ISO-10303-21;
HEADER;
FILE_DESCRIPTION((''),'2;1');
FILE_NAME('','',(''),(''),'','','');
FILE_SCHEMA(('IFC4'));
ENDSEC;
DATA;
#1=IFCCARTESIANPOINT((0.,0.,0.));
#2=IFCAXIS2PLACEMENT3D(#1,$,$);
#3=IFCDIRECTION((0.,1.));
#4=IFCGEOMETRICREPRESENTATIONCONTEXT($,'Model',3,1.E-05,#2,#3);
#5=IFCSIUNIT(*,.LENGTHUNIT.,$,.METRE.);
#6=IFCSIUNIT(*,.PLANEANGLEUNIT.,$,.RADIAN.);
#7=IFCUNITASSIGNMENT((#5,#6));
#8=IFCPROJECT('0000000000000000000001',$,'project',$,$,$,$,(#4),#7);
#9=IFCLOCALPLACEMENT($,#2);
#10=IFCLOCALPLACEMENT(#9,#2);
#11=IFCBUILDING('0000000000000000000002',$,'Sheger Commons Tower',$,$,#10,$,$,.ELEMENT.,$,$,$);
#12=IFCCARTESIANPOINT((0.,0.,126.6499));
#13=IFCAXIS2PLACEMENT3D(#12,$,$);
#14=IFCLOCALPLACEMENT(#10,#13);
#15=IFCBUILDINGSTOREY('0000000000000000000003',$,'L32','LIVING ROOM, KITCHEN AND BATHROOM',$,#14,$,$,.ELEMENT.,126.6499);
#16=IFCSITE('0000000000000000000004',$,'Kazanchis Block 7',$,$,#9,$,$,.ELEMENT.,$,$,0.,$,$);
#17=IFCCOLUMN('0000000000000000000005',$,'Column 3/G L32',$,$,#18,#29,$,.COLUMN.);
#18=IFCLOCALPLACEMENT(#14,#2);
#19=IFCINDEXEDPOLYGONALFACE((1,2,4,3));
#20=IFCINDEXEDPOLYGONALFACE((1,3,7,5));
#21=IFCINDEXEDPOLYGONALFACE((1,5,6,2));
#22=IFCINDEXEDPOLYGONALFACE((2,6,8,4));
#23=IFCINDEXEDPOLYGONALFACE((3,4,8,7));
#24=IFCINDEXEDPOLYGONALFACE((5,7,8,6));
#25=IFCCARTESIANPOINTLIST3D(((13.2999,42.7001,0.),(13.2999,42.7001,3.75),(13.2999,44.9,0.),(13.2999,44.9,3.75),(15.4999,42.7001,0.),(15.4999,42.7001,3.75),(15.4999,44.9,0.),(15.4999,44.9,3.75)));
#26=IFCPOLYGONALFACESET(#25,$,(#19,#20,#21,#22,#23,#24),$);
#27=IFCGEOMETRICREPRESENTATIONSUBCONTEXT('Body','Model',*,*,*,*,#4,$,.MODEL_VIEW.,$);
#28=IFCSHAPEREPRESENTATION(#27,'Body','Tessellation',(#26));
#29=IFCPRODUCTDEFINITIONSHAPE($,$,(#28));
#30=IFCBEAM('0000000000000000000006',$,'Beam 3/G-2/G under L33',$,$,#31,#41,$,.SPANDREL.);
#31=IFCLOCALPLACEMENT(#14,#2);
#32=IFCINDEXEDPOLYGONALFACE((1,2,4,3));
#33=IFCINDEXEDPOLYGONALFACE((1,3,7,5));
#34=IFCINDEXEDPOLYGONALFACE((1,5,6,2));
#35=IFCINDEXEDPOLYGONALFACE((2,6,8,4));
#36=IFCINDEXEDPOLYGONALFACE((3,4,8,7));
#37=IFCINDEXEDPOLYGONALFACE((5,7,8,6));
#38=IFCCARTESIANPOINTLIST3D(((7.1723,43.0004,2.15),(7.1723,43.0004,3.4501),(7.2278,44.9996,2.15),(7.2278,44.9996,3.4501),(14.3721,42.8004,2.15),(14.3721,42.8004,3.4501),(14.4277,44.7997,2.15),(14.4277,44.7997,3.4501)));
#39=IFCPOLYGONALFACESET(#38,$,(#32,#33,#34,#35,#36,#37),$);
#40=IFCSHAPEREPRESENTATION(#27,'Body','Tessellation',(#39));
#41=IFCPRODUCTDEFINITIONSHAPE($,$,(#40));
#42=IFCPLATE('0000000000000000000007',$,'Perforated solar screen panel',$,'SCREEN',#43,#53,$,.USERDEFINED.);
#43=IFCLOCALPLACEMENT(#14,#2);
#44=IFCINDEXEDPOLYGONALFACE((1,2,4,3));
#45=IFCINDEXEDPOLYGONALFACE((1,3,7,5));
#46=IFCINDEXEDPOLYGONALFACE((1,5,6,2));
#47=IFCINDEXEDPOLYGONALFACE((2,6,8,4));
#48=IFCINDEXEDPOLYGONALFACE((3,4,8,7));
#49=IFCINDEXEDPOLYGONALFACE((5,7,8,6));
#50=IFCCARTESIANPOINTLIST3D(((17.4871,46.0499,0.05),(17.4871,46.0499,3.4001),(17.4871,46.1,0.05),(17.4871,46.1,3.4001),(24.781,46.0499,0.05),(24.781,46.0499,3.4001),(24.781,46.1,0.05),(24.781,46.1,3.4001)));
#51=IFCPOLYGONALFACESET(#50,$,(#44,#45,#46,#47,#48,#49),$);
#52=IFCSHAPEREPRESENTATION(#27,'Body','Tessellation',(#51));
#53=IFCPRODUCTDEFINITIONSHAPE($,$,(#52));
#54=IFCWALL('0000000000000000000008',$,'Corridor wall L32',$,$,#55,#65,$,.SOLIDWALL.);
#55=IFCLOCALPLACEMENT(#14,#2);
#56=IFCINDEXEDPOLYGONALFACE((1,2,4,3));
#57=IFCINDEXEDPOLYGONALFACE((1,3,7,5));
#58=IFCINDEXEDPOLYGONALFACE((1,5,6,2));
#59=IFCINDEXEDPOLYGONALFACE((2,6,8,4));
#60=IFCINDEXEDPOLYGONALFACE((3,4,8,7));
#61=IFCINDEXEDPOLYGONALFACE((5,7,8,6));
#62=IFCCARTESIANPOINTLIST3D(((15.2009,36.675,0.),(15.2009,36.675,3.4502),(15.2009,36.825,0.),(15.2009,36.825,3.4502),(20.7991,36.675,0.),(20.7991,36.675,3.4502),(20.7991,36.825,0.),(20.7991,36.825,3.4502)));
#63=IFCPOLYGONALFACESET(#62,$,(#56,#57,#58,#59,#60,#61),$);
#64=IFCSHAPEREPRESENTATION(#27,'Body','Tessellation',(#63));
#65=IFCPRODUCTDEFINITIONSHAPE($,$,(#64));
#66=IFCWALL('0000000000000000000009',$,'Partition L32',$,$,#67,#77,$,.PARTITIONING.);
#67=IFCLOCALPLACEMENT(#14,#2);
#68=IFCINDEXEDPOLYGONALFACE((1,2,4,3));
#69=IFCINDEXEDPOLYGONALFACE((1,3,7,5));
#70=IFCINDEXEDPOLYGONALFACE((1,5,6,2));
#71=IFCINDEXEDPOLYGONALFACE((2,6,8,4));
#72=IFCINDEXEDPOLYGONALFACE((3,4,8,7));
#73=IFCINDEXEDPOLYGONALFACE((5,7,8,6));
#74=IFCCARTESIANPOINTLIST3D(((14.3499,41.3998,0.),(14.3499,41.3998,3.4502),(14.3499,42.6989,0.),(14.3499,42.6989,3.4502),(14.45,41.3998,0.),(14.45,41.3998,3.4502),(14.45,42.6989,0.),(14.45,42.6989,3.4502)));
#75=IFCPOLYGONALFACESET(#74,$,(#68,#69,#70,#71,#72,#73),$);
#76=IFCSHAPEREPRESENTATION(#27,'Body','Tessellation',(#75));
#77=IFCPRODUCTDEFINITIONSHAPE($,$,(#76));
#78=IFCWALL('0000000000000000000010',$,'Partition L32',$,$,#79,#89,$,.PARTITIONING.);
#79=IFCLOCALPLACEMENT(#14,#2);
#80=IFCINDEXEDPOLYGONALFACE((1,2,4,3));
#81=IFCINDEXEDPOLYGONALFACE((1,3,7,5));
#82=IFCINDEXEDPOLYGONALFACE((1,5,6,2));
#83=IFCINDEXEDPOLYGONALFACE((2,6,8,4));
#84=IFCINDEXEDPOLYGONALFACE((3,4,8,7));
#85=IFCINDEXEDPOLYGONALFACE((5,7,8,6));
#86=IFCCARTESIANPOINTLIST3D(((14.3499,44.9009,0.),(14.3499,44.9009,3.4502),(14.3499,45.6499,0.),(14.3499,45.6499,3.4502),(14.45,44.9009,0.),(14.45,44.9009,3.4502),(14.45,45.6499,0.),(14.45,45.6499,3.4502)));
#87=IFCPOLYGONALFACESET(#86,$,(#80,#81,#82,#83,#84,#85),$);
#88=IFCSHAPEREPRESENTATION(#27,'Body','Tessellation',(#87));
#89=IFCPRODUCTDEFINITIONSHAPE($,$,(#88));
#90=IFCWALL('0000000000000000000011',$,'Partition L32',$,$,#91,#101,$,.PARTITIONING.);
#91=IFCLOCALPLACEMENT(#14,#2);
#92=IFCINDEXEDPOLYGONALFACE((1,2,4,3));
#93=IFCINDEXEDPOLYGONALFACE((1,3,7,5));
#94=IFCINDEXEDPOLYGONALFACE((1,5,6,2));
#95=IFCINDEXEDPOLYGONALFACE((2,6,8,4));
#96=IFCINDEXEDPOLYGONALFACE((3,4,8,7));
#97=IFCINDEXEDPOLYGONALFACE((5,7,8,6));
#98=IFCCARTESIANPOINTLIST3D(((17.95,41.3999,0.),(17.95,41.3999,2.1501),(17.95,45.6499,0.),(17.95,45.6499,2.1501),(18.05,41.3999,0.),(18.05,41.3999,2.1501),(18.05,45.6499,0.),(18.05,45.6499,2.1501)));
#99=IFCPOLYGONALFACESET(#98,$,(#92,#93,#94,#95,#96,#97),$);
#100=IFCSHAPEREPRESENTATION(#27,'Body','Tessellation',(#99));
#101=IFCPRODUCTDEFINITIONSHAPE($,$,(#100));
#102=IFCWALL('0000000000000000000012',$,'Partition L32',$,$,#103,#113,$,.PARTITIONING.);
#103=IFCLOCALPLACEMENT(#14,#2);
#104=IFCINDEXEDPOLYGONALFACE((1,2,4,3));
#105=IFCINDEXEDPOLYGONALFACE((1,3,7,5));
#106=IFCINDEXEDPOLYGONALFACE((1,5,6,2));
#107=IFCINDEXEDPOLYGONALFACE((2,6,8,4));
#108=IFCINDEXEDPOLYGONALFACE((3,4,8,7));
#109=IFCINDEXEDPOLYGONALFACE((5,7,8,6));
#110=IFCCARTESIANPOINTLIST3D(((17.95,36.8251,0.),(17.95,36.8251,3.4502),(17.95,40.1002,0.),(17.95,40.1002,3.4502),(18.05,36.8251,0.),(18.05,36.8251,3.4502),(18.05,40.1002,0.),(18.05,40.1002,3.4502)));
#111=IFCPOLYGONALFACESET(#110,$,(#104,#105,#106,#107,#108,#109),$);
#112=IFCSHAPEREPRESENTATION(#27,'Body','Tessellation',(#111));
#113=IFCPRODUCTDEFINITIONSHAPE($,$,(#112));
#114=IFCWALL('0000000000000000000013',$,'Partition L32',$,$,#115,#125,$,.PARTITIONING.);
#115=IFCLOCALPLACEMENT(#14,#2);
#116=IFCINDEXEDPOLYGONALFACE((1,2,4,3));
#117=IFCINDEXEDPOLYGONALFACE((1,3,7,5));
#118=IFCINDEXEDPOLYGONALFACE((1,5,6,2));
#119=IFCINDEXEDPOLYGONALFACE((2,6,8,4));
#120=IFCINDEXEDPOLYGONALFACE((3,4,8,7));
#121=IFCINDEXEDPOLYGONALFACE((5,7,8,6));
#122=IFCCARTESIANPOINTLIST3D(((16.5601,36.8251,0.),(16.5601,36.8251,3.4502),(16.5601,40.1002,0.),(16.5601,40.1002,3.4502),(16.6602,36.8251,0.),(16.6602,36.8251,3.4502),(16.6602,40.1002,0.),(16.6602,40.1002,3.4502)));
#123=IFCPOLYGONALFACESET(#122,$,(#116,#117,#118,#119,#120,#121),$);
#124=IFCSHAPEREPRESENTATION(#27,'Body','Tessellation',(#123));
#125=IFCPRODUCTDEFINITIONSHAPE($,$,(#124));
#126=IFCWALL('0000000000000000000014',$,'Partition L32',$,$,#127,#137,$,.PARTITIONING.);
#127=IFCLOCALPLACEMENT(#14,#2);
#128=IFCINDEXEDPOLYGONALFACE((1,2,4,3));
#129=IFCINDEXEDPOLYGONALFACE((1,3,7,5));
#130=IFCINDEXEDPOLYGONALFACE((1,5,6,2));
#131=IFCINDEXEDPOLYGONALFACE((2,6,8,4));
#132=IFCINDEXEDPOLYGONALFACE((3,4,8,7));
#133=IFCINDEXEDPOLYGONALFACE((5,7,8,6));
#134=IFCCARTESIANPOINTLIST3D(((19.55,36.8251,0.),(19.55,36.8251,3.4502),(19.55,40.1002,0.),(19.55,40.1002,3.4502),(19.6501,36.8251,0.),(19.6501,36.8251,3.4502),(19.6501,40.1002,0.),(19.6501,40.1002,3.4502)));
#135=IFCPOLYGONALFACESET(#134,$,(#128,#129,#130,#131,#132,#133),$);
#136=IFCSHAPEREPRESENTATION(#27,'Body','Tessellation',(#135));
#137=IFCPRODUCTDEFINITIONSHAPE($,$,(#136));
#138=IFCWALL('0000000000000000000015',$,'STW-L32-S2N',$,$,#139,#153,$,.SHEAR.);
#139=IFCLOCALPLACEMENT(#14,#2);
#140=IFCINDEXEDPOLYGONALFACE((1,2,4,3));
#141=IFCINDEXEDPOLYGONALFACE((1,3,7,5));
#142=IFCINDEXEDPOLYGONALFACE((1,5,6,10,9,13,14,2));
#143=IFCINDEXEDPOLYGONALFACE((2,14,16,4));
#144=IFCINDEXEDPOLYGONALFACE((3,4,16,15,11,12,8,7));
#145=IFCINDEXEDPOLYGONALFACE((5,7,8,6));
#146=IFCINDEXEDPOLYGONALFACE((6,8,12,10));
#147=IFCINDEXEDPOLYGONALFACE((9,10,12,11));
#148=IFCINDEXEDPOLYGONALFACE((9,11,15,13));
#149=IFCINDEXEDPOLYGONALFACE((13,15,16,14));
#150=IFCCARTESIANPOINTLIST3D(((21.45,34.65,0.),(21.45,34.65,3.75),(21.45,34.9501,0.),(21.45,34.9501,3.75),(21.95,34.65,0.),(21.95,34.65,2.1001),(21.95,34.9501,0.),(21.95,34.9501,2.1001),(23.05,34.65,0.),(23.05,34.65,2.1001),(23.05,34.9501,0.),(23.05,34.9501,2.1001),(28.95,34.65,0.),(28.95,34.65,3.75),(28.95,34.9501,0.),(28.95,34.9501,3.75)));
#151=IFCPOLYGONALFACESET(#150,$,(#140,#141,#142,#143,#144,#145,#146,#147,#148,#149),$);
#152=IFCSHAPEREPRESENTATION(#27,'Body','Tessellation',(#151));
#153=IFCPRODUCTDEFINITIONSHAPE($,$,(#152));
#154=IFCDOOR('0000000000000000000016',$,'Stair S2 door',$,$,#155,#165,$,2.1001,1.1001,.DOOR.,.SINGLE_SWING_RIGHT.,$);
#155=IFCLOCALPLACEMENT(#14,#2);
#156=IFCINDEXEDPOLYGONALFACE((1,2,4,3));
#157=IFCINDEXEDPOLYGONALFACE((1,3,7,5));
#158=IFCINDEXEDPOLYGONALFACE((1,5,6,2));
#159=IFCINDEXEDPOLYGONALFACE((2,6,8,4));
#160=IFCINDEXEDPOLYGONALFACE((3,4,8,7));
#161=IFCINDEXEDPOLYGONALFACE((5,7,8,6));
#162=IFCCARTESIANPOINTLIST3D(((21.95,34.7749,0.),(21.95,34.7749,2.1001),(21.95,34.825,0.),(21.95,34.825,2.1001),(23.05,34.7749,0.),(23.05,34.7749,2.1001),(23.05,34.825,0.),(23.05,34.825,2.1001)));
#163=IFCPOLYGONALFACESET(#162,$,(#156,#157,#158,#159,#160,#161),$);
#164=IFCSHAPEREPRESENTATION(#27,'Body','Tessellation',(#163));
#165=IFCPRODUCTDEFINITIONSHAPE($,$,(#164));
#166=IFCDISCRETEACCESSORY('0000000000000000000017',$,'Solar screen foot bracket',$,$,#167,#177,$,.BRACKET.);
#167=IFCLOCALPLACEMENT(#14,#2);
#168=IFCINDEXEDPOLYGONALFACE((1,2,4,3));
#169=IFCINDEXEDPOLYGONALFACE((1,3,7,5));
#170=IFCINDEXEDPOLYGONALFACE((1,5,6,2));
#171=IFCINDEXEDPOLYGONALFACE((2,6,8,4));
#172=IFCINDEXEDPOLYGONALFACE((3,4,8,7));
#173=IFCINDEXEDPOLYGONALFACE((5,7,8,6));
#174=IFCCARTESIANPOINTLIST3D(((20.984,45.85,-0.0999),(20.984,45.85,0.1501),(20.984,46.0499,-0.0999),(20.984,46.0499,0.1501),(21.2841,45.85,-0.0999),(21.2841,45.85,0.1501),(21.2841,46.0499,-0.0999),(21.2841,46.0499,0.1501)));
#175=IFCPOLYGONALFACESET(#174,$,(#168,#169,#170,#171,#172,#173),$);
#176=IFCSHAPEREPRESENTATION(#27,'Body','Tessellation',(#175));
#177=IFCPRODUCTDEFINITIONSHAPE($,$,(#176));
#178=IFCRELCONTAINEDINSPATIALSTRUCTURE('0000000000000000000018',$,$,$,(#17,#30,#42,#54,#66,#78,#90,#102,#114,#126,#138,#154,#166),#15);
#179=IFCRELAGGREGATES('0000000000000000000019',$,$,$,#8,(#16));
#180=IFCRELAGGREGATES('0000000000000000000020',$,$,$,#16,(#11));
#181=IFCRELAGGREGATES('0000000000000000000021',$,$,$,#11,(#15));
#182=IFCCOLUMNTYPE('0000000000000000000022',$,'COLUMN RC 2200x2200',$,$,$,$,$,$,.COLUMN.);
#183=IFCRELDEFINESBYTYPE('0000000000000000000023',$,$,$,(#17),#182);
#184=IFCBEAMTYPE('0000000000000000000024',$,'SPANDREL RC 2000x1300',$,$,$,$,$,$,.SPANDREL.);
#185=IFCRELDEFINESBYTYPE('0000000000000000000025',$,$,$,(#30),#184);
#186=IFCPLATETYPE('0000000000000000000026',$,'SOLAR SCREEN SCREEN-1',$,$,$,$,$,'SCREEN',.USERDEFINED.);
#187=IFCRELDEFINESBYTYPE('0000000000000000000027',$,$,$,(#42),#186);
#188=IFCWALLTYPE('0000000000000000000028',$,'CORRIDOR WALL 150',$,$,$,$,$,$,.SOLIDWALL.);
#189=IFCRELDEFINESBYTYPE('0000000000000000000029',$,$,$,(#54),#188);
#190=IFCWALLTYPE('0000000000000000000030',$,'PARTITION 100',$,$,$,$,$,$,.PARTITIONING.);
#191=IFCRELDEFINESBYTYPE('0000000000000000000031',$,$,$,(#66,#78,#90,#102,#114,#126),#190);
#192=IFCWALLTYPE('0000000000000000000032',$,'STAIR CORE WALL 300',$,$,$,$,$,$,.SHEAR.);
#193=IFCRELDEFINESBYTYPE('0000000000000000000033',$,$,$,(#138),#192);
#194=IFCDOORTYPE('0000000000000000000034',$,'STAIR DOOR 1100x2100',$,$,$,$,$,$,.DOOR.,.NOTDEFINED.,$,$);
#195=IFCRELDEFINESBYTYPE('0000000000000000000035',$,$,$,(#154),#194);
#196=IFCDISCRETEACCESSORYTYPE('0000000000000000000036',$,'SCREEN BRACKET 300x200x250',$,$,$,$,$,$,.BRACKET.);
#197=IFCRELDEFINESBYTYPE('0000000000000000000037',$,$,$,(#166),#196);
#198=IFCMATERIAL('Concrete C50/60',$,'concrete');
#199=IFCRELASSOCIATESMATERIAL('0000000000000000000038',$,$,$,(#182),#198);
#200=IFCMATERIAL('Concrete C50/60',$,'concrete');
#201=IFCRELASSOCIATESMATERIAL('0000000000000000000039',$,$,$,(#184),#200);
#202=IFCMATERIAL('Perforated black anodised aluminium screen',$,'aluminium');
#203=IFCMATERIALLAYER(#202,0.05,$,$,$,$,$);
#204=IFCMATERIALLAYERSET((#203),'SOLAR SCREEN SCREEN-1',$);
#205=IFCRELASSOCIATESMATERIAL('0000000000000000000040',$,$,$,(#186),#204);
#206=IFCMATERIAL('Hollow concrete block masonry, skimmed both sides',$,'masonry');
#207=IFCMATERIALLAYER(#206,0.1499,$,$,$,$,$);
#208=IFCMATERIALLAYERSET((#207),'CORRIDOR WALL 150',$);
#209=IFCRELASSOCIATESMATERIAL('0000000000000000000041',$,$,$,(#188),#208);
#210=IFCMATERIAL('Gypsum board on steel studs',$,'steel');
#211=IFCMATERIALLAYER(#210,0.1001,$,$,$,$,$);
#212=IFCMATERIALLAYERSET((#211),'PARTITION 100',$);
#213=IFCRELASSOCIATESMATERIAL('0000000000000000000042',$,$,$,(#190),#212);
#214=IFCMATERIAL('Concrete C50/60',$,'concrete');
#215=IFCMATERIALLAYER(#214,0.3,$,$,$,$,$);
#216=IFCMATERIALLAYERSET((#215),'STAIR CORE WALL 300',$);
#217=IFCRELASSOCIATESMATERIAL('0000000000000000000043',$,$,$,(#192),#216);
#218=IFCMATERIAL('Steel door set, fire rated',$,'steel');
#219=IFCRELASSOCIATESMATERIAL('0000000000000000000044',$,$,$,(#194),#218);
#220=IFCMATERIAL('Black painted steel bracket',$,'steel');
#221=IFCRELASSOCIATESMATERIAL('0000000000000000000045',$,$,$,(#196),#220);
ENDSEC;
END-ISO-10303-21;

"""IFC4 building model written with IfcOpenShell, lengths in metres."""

from ifc_helpers import new_model, si_unit, direction, frame, frame_2d, origin, origin_2d, place, context, subcontext, project, spatial, rectangle, extrude, material, layer, layer_set, material_profile, profile_set, type_object, element, fill, save


model = new_model("IFC4")

# Units and contexts
model_context = context("Model", 3, precision=1e-05, world=origin(), true_north=direction((0.0, 1.0)))
body_context = subcontext(model_context, "Body", "Model", "MODEL_VIEW")
ifc_project = project(units=[si_unit("LENGTHUNIT", "METRE"), si_unit("PLANEANGLEUNIT", "RADIAN")], contexts=[model_context])

# Site, building, storey
site_placement = place(None, origin())
site = spatial("IfcSite", under=ifc_project, at=site_placement, Name="Kazanchis Block 7", CompositionType="ELEMENT", RefElevation=0.0)
building_placement = place(site_placement, origin())
building = spatial("IfcBuilding", under=site, at=building_placement, Name="Sheger Commons Tower", CompositionType="ELEMENT")
storey_placement = place(building_placement, frame((0.0, 0.0, 126.6499)))
storey = spatial("IfcBuildingStorey", under=building, at=storey_placement, Name="L32", Description="LIVING ROOM, KITCHEN AND BATHROOM", CompositionType="ELEMENT", Elevation=126.6499)

# Column
ifc_material_1 = material(Name="Concrete C50/60", Category="concrete")
ifc_material_profile_1 = material_profile(ifc_material_1, rectangle(XDim=2.2, YDim=2.2, at=origin_2d()), Name="RC 2200x2200")
ifc_profile_set_1 = profile_set([ifc_material_profile_1], Name="Concrete C50/60")
column_type = type_object("IfcColumnType", Name="COLUMN RC 2200x2200", PredefinedType="COLUMN", material=ifc_profile_set_1)
column_placement = place(storey_placement, frame((14.3999, 43.8, 0.0), z_axis=(0.0, 0.0, 1.0), x_axis=(1.0, 0.0, 0.0)))
element("IfcColumn", 1, at=column_placement, inside=storey, type_object=column_type, Name="Column 3/G L32", PredefinedType="COLUMN", context=body_context, shape_type="SweptSolid", body=[
    extrude(rectangle(XDim=2.2, YDim=2.2, at=origin_2d()), origin(), (0.0, 0.0, 1.0), 3.75),
])

# Beam
ifc_material_2 = material(Name="Concrete C50/60", Category="concrete")
ifc_material_profile_2 = material_profile(ifc_material_2, rectangle(XDim=2.0, YDim=1.3, at=origin_2d()), Name="RC 2000x1300")
ifc_profile_set_2 = profile_set([ifc_material_profile_2], Name="Concrete C50/60")
beam_type = type_object("IfcBeamType", Name="SPANDREL RC 2000x1300", PredefinedType="SPANDREL", material=ifc_profile_set_2)
beam_placement = place(storey_placement, frame((14.3999, 43.8, 2.8), z_axis=(-0.999615, 0.02776, 0.0), x_axis=(-0.02776, -0.999615, 0.0)))
element("IfcBeam", 2, at=beam_placement, inside=storey, type_object=beam_type, Name="Beam 3/G-2/G under L33", PredefinedType="SPANDREL", context=body_context, shape_type="SweptSolid", body=[
    extrude(rectangle(XDim=2.0, YDim=1.3, at=origin_2d()), origin(), (0.0, 0.0, 1.0), 7.2026),
])

# Plate
ifc_material_3 = material(Name="Perforated black anodised aluminium screen", Category="aluminium")
ifc_layer_1 = layer(ifc_material_3, 0.05)
ifc_layer_set_1 = layer_set([ifc_layer_1], Name="SOLAR SCREEN SCREEN-1")
plate_type = type_object("IfcPlateType", Name="SOLAR SCREEN SCREEN-1", ElementType="SCREEN", PredefinedType="USERDEFINED", material=ifc_layer_set_1)
plate_placement = place(storey_placement, frame((21.134, 46.075, 0.05), z_axis=(0.0, 0.0, 1.0), x_axis=(-1.0, 0.0, 0.0)))
element("IfcPlate", 3, at=plate_placement, inside=storey, type_object=plate_type, Name="Perforated solar screen panel", ObjectType="SCREEN", PredefinedType="USERDEFINED", context=body_context, shape_type="SweptSolid", body=[
    extrude(rectangle(XDim=7.2939, YDim=0.05, at=origin_2d()), origin(), (0.0, 0.0, 1.0), 3.3501),
])

# Walls
ifc_material_4 = material(Name="Hollow concrete block masonry, skimmed both sides", Category="masonry")
ifc_layer_2 = layer(ifc_material_4, 0.1499)
ifc_layer_set_2 = layer_set([ifc_layer_2], Name="CORRIDOR WALL 150")
wall_type_1 = type_object("IfcWallType", Name="CORRIDOR WALL 150", PredefinedType="SOLIDWALL", material=ifc_layer_set_2)
wall_1_placement = place(storey_placement, frame((15.2009, 36.75, 0.0), z_axis=(0.0, 0.0, 1.0), x_axis=(1.0, 0.0, 0.0)))
element("IfcWall", 4, at=wall_1_placement, inside=storey, type_object=wall_type_1, Name="Corridor wall L32", PredefinedType="SOLIDWALL", context=body_context, shape_type="SweptSolid", body=[
    extrude(rectangle(XDim=5.5981, YDim=0.1499, at=frame_2d((2.7991, 0.0))), origin(), (0.0, 0.0, 1.0), 3.4502),
])
ifc_material_5 = material(Name="Gypsum board on steel studs", Category="steel")
ifc_layer_3 = layer(ifc_material_5, 0.1001)
ifc_layer_set_3 = layer_set([ifc_layer_3], Name="PARTITION 100")
wall_type_2 = type_object("IfcWallType", Name="PARTITION 100", PredefinedType="PARTITIONING", material=ifc_layer_set_3)
wall_2_placement = place(storey_placement, frame((14.3999, 41.3999, 0.0), z_axis=(0.0, 0.0, 1.0), x_axis=(0.0, 1.0, 0.0)))
element("IfcWall", 5, at=wall_2_placement, inside=storey, type_object=wall_type_2, Name="Partition L32", PredefinedType="PARTITIONING", context=body_context, shape_type="SweptSolid", body=[
    extrude(rectangle(XDim=1.2991, YDim=0.1001, at=frame_2d((0.6494, 0.0))), origin(), (0.0, 0.0, 1.0), 3.4502),
])
wall_3_placement = place(storey_placement, frame((14.3999, 44.9009, 0.0), z_axis=(0.0, 0.0, 1.0), x_axis=(0.0, 1.0, 0.0)))
element("IfcWall", 6, at=wall_3_placement, inside=storey, type_object=wall_type_2, Name="Partition L32", PredefinedType="PARTITIONING", context=body_context, shape_type="SweptSolid", body=[
    extrude(rectangle(XDim=0.749, YDim=0.1001, at=frame_2d((0.3745, 0.0))), origin(), (0.0, 0.0, 1.0), 3.4502),
])
wall_4_placement = place(storey_placement, frame((18.0, 41.3999, 0.0), z_axis=(0.0, 0.0, 1.0), x_axis=(0.0, 1.0, 0.0)))
element("IfcWall", 7, at=wall_4_placement, inside=storey, type_object=wall_type_2, Name="Partition L32", PredefinedType="PARTITIONING", context=body_context, shape_type="SweptSolid", body=[
    extrude(rectangle(XDim=4.25, YDim=0.1001, at=frame_2d((2.125, 0.0))), origin(), (0.0, 0.0, 1.0), 2.1501),
])
for number, where, z_axis, x_axis, name in (
    (8, (18.0, 36.825, 0.0), (0.0, 0.0, 1.0), (0.0, 1.0, 0.0), "Partition L32"),
    (9, (16.6101, 36.825, 0.0), (0.0, 0.0, 1.0), (0.0, 1.0, 0.0), "Partition L32"),
    (10, (19.6001, 36.825, 0.0), (0.0, 0.0, 1.0), (0.0, 1.0, 0.0), "Partition L32"),
):
    element("IfcWall", number, at=place(storey_placement, frame(where, z_axis=z_axis, x_axis=x_axis)), inside=storey, type_object=wall_type_2, Name=name, PredefinedType="PARTITIONING", context=body_context, shape_type="SweptSolid", body=[
        extrude(rectangle(XDim=3.2751, YDim=0.1001, at=frame_2d((1.6377, 0.0))), origin(), (0.0, 0.0, 1.0), 3.4502),
    ])

# Wall, opening, door
ifc_material_6 = material(Name="Concrete C50/60", Category="concrete")
ifc_layer_4 = layer(ifc_material_6, 0.3)
ifc_layer_set_4 = layer_set([ifc_layer_4], Name="STAIR CORE WALL 300")
wall_type_3 = type_object("IfcWallType", Name="STAIR CORE WALL 300", PredefinedType="SHEAR", material=ifc_layer_set_4)
wall_5_placement = place(storey_placement, frame((21.45, 34.8, 0.0), z_axis=(0.0, 0.0, 1.0), x_axis=(1.0, 0.0, 0.0)))
wall_5 = element("IfcWall", 11, at=wall_5_placement, inside=storey, type_object=wall_type_3, Name="STW-L32-S2N", PredefinedType="SHEAR", context=body_context, shape_type="SweptSolid", body=[
    extrude(rectangle(XDim=7.5, YDim=0.3, at=frame_2d((3.75, 0.0))), origin(), (0.0, 0.0, 1.0), 3.75),
])
opening_placement = place(wall_5_placement, frame((0.5, 0.0, 0.0)))
opening = element("IfcOpeningElement", 12, at=opening_placement, cuts=wall_5, PredefinedType="OPENING", context=body_context, shape_type="SweptSolid", body=[
    extrude(rectangle(XDim=1.1001, YDim=2.1001, at=frame_2d((0.55, 1.05))), frame((0.0, 0.1599, 0.0), z_axis=(0.0, -1.0, 0.0), x_axis=(1.0, 0.0, 0.0)), (0.0, 0.0, 1.0), 0.3201),
])
ifc_material_7 = material(Name="Steel door set, fire rated", Category="steel")
door_type = type_object("IfcDoorType", Name="STAIR DOOR 1100x2100", OperationType="NOTDEFINED", PredefinedType="DOOR", material=ifc_material_7)
door_placement = place(opening_placement, origin())
door = element("IfcDoor", 13, at=door_placement, inside=storey, type_object=door_type, Name="Stair S2 door", OperationType="SINGLE_SWING_RIGHT", OverallHeight=2.1001, OverallWidth=1.1001, PredefinedType="DOOR", context=body_context, shape_type="SweptSolid", body=[
    extrude(rectangle(XDim=1.1001, YDim=2.1001, at=frame_2d((0.55, 1.05))), frame((0.0, 0.0249, 0.0), z_axis=(0.0, -1.0, 0.0), x_axis=(1.0, 0.0, 0.0)), (0.0, 0.0, 1.0), 0.05),
])
fill(opening, door)

# Discrete accessory
ifc_material_8 = material(Name="Black painted steel bracket", Category="steel")
discrete_accessory_type = type_object("IfcDiscreteAccessoryType", Name="SCREEN BRACKET 300x200x250", PredefinedType="BRACKET", material=ifc_material_8)
for number, where, z_axis, x_axis, name in (
    (14, (21.134, 45.95, -0.0999), (0.0, 0.0, 1.0), (-1.0, 0.0, 0.0), "Solar screen foot bracket"),
):
    element("IfcDiscreteAccessory", number, at=place(storey_placement, frame(where, z_axis=z_axis, x_axis=x_axis)), inside=storey, type_object=discrete_accessory_type, Name=name, PredefinedType="BRACKET", context=body_context, shape_type="SweptSolid", body=[
        extrude(rectangle(XDim=0.3, YDim=0.2, at=origin_2d()), origin(), (0.0, 0.0, 1.0), 0.25),
    ])

save(model, "model.ifc")
